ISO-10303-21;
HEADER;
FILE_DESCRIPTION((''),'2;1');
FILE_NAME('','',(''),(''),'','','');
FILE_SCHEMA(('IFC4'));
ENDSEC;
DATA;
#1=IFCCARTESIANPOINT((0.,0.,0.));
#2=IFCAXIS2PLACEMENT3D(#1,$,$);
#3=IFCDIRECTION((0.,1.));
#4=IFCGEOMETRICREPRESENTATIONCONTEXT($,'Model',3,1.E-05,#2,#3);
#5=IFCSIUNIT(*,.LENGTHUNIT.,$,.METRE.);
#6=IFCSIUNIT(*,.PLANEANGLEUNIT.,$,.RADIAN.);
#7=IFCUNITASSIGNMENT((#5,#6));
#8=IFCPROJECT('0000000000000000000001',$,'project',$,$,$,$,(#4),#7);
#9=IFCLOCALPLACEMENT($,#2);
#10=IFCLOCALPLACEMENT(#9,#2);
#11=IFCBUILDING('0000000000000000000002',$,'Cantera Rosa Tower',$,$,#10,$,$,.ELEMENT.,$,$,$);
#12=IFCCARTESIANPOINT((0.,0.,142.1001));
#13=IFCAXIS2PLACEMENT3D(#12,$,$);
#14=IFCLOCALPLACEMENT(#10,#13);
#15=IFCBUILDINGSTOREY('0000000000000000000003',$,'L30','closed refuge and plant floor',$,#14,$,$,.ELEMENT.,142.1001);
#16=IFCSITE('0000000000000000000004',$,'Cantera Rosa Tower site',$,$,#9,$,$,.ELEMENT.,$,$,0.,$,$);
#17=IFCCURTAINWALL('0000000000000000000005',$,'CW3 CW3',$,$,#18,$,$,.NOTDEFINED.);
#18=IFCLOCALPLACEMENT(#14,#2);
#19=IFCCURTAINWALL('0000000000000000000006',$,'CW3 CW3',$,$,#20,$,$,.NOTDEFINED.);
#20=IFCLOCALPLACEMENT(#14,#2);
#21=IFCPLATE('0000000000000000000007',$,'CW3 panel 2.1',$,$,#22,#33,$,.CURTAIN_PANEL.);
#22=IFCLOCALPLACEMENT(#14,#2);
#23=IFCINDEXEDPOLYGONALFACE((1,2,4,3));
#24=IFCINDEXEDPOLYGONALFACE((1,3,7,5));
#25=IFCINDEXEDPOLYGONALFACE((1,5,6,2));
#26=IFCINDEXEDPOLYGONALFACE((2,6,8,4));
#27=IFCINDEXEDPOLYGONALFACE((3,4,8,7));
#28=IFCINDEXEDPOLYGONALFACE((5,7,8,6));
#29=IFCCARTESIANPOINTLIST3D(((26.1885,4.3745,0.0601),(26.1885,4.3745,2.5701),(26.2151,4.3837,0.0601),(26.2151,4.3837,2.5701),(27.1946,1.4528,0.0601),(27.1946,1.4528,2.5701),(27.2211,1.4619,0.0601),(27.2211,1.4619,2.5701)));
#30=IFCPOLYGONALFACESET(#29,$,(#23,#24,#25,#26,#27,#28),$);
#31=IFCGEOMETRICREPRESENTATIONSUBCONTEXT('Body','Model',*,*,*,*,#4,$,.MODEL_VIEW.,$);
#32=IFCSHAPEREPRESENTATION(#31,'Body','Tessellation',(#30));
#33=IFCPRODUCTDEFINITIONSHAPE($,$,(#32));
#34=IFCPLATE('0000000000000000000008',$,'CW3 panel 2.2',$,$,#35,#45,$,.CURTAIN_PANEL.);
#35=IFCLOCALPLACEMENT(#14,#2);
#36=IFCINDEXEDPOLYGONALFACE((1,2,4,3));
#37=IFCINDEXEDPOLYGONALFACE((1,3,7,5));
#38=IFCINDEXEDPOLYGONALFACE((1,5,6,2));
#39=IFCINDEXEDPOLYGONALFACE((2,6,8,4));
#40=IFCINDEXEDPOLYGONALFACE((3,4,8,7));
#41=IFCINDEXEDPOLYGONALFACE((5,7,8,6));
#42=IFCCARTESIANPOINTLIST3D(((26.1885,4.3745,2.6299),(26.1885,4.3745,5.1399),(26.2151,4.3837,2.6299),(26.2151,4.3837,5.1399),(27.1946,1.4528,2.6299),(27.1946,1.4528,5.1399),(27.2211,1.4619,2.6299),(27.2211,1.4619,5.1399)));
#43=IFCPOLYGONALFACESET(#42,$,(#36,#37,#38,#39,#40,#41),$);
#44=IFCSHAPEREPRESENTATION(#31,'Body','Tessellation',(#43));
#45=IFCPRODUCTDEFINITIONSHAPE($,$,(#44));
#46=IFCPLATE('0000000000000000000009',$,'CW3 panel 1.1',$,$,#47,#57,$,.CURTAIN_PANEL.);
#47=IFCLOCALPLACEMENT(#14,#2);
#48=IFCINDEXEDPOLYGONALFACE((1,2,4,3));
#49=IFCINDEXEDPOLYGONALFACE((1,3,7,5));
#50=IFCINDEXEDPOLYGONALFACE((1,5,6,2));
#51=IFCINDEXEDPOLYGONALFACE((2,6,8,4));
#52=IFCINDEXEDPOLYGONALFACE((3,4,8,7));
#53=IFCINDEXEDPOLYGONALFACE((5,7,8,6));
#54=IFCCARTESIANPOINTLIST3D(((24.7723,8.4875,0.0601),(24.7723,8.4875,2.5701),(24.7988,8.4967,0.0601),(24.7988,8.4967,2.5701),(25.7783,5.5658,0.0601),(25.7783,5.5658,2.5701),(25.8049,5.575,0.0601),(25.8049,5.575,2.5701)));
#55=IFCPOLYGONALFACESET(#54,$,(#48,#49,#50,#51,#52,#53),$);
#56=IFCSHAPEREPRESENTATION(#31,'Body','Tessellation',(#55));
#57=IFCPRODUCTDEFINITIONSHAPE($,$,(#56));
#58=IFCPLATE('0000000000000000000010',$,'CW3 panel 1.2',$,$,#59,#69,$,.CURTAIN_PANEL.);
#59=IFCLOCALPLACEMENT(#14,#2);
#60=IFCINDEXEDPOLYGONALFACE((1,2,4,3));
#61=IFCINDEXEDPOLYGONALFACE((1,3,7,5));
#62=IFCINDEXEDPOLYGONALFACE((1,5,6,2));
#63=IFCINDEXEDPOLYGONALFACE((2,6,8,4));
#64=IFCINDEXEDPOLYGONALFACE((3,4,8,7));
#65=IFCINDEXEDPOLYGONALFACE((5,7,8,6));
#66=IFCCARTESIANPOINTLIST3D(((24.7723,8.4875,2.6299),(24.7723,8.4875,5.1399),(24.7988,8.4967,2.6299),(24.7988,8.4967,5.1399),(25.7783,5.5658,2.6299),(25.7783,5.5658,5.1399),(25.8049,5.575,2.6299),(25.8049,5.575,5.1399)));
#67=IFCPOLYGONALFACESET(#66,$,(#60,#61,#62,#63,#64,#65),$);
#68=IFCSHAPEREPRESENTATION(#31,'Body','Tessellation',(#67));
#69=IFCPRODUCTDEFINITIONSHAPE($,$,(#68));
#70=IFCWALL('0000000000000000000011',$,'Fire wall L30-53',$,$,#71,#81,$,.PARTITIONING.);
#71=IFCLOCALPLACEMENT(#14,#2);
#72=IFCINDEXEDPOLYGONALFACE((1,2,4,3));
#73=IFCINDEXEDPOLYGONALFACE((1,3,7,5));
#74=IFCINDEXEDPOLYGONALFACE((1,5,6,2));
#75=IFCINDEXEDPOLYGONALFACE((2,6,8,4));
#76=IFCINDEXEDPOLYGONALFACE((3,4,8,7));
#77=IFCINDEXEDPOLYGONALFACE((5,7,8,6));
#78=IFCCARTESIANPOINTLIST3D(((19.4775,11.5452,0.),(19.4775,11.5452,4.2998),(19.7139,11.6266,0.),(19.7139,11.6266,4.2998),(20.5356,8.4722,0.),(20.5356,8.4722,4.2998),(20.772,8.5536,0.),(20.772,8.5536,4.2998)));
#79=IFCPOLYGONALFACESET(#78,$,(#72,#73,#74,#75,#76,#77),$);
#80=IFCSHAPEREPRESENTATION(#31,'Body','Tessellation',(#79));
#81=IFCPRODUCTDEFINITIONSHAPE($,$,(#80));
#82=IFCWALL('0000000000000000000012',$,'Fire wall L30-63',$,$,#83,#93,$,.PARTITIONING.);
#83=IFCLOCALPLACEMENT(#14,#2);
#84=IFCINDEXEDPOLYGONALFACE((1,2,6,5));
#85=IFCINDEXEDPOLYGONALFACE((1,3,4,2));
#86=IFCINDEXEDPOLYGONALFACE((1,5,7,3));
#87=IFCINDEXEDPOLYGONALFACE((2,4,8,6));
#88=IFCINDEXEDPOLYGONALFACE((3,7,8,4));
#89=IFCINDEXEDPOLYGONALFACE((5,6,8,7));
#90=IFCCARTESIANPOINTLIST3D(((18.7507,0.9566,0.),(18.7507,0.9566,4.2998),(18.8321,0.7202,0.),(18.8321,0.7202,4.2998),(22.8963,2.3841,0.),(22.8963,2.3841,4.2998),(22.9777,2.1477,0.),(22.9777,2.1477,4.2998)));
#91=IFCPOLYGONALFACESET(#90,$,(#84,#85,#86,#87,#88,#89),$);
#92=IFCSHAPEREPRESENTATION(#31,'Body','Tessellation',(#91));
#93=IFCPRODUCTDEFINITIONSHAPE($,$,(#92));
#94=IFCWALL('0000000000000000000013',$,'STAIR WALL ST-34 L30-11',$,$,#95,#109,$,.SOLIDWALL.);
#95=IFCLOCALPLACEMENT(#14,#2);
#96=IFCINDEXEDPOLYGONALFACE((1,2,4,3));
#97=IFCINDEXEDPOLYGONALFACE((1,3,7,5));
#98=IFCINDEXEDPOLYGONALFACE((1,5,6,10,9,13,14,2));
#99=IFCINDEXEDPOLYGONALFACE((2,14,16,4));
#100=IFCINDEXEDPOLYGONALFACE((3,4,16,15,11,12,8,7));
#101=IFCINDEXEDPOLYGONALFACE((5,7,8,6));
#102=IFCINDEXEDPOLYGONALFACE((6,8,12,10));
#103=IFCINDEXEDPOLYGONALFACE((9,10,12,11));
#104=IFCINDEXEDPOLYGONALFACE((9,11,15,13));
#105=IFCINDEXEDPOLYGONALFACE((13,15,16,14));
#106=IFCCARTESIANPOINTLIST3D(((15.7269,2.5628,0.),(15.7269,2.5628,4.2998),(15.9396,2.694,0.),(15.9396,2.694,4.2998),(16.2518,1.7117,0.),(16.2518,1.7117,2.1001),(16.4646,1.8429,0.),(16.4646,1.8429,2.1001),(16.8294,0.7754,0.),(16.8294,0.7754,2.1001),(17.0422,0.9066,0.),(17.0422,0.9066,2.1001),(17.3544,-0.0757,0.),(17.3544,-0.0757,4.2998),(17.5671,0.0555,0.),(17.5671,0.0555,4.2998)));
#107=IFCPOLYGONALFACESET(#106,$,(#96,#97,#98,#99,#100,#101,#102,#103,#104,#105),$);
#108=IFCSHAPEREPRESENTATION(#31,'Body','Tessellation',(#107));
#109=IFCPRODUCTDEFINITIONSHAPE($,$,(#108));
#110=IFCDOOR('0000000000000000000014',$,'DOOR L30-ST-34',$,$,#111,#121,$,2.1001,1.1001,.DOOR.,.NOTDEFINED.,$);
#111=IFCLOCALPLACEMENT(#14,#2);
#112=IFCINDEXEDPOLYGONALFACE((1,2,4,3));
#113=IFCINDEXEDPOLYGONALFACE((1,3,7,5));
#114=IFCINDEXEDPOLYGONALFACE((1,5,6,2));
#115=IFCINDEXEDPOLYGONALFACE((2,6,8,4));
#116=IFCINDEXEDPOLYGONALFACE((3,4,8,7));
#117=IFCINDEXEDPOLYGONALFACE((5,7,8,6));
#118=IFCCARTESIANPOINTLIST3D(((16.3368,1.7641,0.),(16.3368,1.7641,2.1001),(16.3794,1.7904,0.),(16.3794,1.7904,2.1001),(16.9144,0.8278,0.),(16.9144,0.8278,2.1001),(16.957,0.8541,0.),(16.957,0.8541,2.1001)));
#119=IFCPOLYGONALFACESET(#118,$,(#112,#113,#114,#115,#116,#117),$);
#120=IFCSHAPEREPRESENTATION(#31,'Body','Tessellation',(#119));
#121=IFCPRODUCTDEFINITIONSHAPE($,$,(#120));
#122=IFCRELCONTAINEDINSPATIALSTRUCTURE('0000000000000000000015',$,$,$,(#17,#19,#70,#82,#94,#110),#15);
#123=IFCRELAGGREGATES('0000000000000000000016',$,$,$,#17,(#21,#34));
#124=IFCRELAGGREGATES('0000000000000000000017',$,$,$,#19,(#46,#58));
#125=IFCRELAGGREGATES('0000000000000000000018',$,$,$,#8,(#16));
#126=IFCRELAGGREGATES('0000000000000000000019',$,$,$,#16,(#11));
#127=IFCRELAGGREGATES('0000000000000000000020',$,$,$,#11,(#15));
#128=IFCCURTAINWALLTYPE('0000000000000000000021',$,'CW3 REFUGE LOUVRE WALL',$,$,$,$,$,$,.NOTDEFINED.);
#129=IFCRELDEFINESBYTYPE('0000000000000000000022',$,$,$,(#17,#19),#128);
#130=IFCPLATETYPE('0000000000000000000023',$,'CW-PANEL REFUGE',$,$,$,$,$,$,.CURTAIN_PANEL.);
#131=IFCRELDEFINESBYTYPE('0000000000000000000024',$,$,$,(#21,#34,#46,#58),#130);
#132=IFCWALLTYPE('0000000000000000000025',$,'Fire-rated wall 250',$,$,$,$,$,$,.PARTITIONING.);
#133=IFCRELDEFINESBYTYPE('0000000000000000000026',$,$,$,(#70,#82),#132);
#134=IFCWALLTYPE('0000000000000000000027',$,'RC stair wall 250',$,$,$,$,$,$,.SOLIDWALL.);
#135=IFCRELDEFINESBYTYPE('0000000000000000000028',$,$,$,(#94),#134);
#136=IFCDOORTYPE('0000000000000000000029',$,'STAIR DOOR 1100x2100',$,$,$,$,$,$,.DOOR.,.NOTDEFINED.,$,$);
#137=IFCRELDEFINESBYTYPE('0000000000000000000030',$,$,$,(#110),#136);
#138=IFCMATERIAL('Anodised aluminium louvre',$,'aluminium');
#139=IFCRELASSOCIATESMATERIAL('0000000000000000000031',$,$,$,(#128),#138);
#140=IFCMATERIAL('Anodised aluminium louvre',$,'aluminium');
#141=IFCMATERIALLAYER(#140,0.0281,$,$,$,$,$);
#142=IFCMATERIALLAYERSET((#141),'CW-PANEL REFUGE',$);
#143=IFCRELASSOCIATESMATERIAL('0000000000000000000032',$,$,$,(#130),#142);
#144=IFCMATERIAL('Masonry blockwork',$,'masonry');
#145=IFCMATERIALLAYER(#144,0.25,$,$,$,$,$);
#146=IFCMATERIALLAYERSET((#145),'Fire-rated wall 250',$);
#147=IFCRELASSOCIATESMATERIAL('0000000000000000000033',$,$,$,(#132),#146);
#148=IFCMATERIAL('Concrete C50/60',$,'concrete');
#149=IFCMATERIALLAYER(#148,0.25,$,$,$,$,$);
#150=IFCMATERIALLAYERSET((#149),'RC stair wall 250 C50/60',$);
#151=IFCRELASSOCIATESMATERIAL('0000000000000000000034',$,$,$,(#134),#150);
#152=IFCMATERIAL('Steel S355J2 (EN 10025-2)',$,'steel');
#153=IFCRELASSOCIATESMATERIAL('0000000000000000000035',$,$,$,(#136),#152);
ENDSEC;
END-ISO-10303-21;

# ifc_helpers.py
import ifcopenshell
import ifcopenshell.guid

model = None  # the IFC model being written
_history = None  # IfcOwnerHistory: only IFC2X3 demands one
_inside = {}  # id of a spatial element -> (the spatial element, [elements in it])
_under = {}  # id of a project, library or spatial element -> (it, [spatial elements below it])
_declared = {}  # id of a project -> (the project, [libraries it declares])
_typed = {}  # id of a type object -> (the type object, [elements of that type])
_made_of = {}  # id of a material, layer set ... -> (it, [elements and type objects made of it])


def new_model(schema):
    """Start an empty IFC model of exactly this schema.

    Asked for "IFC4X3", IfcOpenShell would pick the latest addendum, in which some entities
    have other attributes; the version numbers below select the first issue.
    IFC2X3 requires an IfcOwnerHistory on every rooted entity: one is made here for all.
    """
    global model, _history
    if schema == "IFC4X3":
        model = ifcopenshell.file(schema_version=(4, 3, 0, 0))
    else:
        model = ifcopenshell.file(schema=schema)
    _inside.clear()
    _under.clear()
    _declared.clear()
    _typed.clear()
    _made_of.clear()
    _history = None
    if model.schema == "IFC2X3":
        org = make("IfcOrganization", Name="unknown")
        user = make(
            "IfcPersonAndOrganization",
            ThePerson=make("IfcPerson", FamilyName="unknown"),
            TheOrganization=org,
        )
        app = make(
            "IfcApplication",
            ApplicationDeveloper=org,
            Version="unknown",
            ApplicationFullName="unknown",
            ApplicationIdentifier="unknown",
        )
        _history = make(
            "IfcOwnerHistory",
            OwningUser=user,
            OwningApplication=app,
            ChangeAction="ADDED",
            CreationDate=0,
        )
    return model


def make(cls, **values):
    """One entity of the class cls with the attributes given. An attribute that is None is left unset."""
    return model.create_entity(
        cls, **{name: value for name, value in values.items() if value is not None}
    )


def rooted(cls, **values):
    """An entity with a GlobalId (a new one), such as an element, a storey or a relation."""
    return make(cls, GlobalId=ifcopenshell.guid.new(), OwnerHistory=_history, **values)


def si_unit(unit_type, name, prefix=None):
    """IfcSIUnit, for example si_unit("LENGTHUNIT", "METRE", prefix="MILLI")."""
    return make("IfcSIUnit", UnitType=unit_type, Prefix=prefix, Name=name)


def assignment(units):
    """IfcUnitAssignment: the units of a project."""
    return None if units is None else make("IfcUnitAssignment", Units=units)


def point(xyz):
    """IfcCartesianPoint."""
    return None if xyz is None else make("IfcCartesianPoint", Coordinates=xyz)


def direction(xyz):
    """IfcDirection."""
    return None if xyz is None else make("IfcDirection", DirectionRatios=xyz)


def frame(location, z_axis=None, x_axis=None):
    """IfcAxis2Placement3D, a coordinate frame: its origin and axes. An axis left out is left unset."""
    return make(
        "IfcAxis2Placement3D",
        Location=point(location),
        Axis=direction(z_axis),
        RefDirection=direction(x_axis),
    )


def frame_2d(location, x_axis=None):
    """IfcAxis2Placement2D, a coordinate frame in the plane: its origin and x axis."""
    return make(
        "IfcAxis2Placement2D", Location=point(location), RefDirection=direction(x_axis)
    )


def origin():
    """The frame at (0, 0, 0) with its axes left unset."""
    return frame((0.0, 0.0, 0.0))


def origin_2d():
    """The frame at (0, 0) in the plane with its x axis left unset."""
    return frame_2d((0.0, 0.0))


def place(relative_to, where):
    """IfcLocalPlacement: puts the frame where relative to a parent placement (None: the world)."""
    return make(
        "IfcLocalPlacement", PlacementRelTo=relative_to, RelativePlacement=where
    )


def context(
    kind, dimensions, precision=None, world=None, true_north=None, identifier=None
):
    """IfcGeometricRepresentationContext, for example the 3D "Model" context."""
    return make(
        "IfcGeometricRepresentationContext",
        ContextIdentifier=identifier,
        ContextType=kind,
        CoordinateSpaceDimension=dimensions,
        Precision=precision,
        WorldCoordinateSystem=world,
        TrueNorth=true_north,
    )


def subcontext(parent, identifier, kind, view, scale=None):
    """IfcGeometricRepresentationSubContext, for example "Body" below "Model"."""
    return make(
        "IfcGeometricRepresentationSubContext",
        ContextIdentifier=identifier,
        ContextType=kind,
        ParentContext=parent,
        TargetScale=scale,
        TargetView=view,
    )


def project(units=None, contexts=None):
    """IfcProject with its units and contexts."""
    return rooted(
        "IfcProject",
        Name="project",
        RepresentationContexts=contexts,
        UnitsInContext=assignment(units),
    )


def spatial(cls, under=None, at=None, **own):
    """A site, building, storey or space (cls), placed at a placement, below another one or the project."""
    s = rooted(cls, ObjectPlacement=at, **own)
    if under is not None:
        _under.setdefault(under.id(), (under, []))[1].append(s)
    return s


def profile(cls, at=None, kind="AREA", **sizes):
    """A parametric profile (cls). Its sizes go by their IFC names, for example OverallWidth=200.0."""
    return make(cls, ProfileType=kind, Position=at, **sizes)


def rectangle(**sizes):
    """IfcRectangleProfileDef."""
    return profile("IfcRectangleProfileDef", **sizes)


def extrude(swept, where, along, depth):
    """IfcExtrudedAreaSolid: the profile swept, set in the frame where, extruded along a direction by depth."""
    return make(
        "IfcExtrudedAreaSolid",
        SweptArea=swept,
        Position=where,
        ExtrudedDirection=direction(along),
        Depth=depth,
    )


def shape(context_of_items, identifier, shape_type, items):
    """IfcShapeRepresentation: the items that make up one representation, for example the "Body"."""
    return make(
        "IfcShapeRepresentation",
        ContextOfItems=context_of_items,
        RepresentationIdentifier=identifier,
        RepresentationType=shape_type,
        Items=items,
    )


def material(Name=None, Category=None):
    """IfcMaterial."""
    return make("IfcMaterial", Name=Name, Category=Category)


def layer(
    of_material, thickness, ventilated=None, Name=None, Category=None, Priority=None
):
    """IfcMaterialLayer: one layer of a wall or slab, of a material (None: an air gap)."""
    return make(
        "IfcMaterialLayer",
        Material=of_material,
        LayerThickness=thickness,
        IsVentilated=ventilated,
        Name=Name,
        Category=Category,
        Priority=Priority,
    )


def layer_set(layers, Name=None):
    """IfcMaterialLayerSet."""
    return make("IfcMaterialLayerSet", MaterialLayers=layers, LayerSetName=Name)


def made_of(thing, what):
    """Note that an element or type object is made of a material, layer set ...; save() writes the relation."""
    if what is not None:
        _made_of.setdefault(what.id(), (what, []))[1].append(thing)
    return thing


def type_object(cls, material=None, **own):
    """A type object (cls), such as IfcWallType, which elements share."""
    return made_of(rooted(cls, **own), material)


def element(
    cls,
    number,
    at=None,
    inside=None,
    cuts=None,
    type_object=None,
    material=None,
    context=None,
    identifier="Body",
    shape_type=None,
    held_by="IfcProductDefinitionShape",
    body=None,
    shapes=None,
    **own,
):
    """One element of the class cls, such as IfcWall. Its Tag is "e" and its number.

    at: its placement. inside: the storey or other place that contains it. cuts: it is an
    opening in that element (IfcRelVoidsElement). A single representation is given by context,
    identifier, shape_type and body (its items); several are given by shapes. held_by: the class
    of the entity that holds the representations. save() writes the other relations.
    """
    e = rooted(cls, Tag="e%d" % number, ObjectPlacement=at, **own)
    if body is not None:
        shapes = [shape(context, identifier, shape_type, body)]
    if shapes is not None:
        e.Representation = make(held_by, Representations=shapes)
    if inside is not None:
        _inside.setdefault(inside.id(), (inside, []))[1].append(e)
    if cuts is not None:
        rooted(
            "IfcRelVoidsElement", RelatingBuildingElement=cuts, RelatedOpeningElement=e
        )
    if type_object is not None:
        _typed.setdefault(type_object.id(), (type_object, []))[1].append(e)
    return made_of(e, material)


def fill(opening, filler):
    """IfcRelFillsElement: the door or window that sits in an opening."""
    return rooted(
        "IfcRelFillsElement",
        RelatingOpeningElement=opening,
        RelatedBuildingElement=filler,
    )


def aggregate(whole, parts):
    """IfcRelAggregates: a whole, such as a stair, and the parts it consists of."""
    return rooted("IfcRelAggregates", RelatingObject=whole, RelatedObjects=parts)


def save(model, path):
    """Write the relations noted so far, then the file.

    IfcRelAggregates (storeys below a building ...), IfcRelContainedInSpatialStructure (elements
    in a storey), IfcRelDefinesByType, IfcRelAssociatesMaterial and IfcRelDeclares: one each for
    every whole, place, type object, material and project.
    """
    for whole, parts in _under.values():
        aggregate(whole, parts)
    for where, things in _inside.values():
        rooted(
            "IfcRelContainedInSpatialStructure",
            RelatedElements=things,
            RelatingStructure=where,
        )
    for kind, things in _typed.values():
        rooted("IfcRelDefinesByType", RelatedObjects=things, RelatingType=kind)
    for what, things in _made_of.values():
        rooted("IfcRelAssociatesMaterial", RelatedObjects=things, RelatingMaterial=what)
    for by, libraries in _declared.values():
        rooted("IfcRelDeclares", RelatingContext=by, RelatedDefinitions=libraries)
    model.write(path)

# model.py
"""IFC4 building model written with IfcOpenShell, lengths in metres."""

from ifc_helpers import new_model, si_unit, direction, frame, frame_2d, origin, origin_2d, place, context, subcontext, project, spatial, rectangle, extrude, material, layer, layer_set, type_object, element, fill, aggregate, save


model = new_model("IFC4")

# Units and contexts
model_context = context("Model", 3, precision=1e-05, world=origin(), true_north=direction((0.0, 1.0)))
body_context = subcontext(model_context, "Body", "Model", "MODEL_VIEW")
ifc_project = project(units=[si_unit("LENGTHUNIT", "METRE"), si_unit("PLANEANGLEUNIT", "RADIAN")], contexts=[model_context])

# Site, building, storey
site_placement = place(None, origin())
site = spatial("IfcSite", under=ifc_project, at=site_placement, Name="Cantera Rosa Tower site", CompositionType="ELEMENT", RefElevation=0.0)
building_placement = place(site_placement, origin())
building = spatial("IfcBuilding", under=site, at=building_placement, Name="Cantera Rosa Tower", CompositionType="ELEMENT")
storey_placement = place(building_placement, frame((0.0, 0.0, 142.1001)))
storey = spatial("IfcBuildingStorey", under=building, at=storey_placement, Name="L30", Description="closed refuge and plant floor", CompositionType="ELEMENT", Elevation=142.1001)

# Curtain wall
ifc_material_1 = material(Name="Anodised aluminium louvre", Category="aluminium")
curtain_wall_type = type_object("IfcCurtainWallType", Name="CW3 REFUGE LOUVRE WALL", PredefinedType="NOTDEFINED", material=ifc_material_1)
curtain_wall_1_placement = place(storey_placement, origin())
curtain_wall_1 = element("IfcCurtainWall", 1, at=curtain_wall_1_placement, inside=storey, type_object=curtain_wall_type, Name="CW3 CW3", PredefinedType="NOTDEFINED")

# Curtain wall
curtain_wall_2_placement = place(storey_placement, origin())
curtain_wall_2 = element("IfcCurtainWall", 2, at=curtain_wall_2_placement, inside=storey, type_object=curtain_wall_type, Name="CW3 CW3", PredefinedType="NOTDEFINED")

# Plates
ifc_material_2 = material(Name="Anodised aluminium louvre", Category="aluminium")
ifc_layer_1 = layer(ifc_material_2, 0.0281)
ifc_layer_set_1 = layer_set([ifc_layer_1], Name="CW-PANEL REFUGE")
plate_type = type_object("IfcPlateType", Name="CW-PANEL REFUGE", PredefinedType="CURTAIN_PANEL", material=ifc_layer_set_1)
plate_1_placement = place(storey_placement, frame((26.7048, 2.9182, 0.0601), z_axis=(0.0, 0.0, 1.0), x_axis=(-0.325568, 0.945519, 0.0)))
plate_1 = element("IfcPlate", 3, at=plate_1_placement, type_object=plate_type, Name="CW3 panel 2.1", PredefinedType="CURTAIN_PANEL", context=body_context, shape_type="SweptSolid", body=[
    extrude(rectangle(XDim=3.0901, YDim=0.0281, at=origin_2d()), origin(), (0.0, 0.0, 1.0), 2.51),
])
plate_2_placement = place(storey_placement, frame((26.7048, 2.9182, 2.6299), z_axis=(0.0, 0.0, 1.0), x_axis=(-0.325568, 0.945519, 0.0)))
plate_2 = element("IfcPlate", 4, at=plate_2_placement, type_object=plate_type, Name="CW3 panel 2.2", PredefinedType="CURTAIN_PANEL", context=body_context, shape_type="SweptSolid", body=[
    extrude(rectangle(XDim=3.0901, YDim=0.0281, at=origin_2d()), origin(), (0.0, 0.0, 1.0), 2.51),
])
aggregate(curtain_wall_1, [plate_1, plate_2])
plate_3_placement = place(storey_placement, frame((25.2886, 7.0312, 0.0601), z_axis=(0.0, 0.0, 1.0), x_axis=(-0.325568, 0.945519, 0.0)))
plate_3 = element("IfcPlate", 5, at=plate_3_placement, type_object=plate_type, Name="CW3 panel 1.1", PredefinedType="CURTAIN_PANEL", context=body_context, shape_type="SweptSolid", body=[
    extrude(rectangle(XDim=3.0901, YDim=0.0281, at=origin_2d()), origin(), (0.0, 0.0, 1.0), 2.51),
])
plate_4_placement = place(storey_placement, frame((25.2886, 7.0312, 2.6299), z_axis=(0.0, 0.0, 1.0), x_axis=(-0.325568, 0.945519, 0.0)))
plate_4 = element("IfcPlate", 6, at=plate_4_placement, type_object=plate_type, Name="CW3 panel 1.2", PredefinedType="CURTAIN_PANEL", context=body_context, shape_type="SweptSolid", body=[
    extrude(rectangle(XDim=3.0901, YDim=0.0281, at=origin_2d()), origin(), (0.0, 0.0, 1.0), 2.51),
])
aggregate(curtain_wall_2, [plate_3, plate_4])

# Walls
ifc_material_3 = material(Name="Masonry blockwork", Category="masonry")
ifc_layer_2 = layer(ifc_material_3, 0.25)
ifc_layer_set_2 = layer_set([ifc_layer_2], Name="Fire-rated wall 250")
wall_type_1 = type_object("IfcWallType", Name="Fire-rated wall 250", PredefinedType="PARTITIONING", material=ifc_layer_set_2)
wall_1_placement = place(storey_placement, frame((20.6538, 8.5129, 0.0), z_axis=(0.0, 0.0, 1.0), x_axis=(-0.325565, 0.94552, 0.0)))
element("IfcWall", 7, at=wall_1_placement, inside=storey, type_object=wall_type_1, Name="Fire wall L30-53", PredefinedType="PARTITIONING", context=body_context, shape_type="SweptSolid", body=[
    extrude(rectangle(XDim=3.25, YDim=0.25, at=frame_2d((1.625, 0.0))), origin(), (0.0, 0.0, 1.0), 4.2998),
])
wall_2_placement = place(storey_placement, frame((18.7913, 0.8384, 0.0), z_axis=(0.0, 0.0, 1.0), x_axis=(0.945519, 0.325567, 0.0)))
element("IfcWall", 8, at=wall_2_placement, inside=storey, type_object=wall_type_1, Name="Fire wall L30-63", PredefinedType="PARTITIONING", context=body_context, shape_type="SweptSolid", body=[
    extrude(rectangle(XDim=4.3845, YDim=0.25, at=frame_2d((2.1924, 0.0))), origin(), (0.0, 0.0, 1.0), 4.2998),
])

# Wall, opening, door
ifc_material_4 = material(Name="Concrete C50/60", Category="concrete")
ifc_layer_3 = layer(ifc_material_4, 0.25)
ifc_layer_set_3 = layer_set([ifc_layer_3], Name="RC stair wall 250 C50/60")
wall_type_2 = type_object("IfcWallType", Name="RC stair wall 250", PredefinedType="SOLIDWALL", material=ifc_layer_set_3)
wall_3_placement = place(storey_placement, frame((15.8333, 2.6284, 0.0), z_axis=(0.0, 0.0, 1.0), x_axis=(0.524985, -0.851112, 0.0)))
wall_3 = element("IfcWall", 9, at=wall_3_placement, inside=storey, type_object=wall_type_2, Name="STAIR WALL ST-34 L30-11", PredefinedType="SOLIDWALL", context=body_context, shape_type="SweptSolid", body=[
    extrude(rectangle(XDim=3.1001, YDim=0.25, at=frame_2d((1.55, 0.0))), origin(), (0.0, 0.0, 1.0), 4.2998),
])
opening_placement = place(wall_3_placement, frame((1.0, 0.0, 0.0)))
opening = element("IfcOpeningElement", 10, at=opening_placement, cuts=wall_3, PredefinedType="OPENING", context=body_context, shape_type="SweptSolid", body=[
    extrude(rectangle(XDim=1.1001, YDim=2.1001, at=frame_2d((0.55, 1.05))), frame((0.0, 0.135, 0.0), z_axis=(0.0, -1.0, 0.0), x_axis=(1.0, 0.0, 0.0)), (0.0, 0.0, 1.0), 0.27),
])
ifc_material_5 = material(Name="Steel S355J2 (EN 10025-2)", Category="steel")
door_type = type_object("IfcDoorType", Name="STAIR DOOR 1100x2100", OperationType="NOTDEFINED", PredefinedType="DOOR", material=ifc_material_5)
door_placement = place(opening_placement, origin())
door = element("IfcDoor", 11, at=door_placement, inside=storey, type_object=door_type, Name="DOOR L30-ST-34", OperationType="NOTDEFINED", OverallHeight=2.1001, OverallWidth=1.1001, PredefinedType="DOOR", context=body_context, shape_type="SweptSolid", body=[
    extrude(rectangle(XDim=1.1001, YDim=2.1001, at=frame_2d((0.55, 1.05))), frame((0.0, 0.0249, 0.0), z_axis=(0.0, -1.0, 0.0), x_axis=(1.0, 0.0, 0.0)), (0.0, 0.0, 1.0), 0.05),
])
fill(opening, door)

save(model, "model.ifc")
